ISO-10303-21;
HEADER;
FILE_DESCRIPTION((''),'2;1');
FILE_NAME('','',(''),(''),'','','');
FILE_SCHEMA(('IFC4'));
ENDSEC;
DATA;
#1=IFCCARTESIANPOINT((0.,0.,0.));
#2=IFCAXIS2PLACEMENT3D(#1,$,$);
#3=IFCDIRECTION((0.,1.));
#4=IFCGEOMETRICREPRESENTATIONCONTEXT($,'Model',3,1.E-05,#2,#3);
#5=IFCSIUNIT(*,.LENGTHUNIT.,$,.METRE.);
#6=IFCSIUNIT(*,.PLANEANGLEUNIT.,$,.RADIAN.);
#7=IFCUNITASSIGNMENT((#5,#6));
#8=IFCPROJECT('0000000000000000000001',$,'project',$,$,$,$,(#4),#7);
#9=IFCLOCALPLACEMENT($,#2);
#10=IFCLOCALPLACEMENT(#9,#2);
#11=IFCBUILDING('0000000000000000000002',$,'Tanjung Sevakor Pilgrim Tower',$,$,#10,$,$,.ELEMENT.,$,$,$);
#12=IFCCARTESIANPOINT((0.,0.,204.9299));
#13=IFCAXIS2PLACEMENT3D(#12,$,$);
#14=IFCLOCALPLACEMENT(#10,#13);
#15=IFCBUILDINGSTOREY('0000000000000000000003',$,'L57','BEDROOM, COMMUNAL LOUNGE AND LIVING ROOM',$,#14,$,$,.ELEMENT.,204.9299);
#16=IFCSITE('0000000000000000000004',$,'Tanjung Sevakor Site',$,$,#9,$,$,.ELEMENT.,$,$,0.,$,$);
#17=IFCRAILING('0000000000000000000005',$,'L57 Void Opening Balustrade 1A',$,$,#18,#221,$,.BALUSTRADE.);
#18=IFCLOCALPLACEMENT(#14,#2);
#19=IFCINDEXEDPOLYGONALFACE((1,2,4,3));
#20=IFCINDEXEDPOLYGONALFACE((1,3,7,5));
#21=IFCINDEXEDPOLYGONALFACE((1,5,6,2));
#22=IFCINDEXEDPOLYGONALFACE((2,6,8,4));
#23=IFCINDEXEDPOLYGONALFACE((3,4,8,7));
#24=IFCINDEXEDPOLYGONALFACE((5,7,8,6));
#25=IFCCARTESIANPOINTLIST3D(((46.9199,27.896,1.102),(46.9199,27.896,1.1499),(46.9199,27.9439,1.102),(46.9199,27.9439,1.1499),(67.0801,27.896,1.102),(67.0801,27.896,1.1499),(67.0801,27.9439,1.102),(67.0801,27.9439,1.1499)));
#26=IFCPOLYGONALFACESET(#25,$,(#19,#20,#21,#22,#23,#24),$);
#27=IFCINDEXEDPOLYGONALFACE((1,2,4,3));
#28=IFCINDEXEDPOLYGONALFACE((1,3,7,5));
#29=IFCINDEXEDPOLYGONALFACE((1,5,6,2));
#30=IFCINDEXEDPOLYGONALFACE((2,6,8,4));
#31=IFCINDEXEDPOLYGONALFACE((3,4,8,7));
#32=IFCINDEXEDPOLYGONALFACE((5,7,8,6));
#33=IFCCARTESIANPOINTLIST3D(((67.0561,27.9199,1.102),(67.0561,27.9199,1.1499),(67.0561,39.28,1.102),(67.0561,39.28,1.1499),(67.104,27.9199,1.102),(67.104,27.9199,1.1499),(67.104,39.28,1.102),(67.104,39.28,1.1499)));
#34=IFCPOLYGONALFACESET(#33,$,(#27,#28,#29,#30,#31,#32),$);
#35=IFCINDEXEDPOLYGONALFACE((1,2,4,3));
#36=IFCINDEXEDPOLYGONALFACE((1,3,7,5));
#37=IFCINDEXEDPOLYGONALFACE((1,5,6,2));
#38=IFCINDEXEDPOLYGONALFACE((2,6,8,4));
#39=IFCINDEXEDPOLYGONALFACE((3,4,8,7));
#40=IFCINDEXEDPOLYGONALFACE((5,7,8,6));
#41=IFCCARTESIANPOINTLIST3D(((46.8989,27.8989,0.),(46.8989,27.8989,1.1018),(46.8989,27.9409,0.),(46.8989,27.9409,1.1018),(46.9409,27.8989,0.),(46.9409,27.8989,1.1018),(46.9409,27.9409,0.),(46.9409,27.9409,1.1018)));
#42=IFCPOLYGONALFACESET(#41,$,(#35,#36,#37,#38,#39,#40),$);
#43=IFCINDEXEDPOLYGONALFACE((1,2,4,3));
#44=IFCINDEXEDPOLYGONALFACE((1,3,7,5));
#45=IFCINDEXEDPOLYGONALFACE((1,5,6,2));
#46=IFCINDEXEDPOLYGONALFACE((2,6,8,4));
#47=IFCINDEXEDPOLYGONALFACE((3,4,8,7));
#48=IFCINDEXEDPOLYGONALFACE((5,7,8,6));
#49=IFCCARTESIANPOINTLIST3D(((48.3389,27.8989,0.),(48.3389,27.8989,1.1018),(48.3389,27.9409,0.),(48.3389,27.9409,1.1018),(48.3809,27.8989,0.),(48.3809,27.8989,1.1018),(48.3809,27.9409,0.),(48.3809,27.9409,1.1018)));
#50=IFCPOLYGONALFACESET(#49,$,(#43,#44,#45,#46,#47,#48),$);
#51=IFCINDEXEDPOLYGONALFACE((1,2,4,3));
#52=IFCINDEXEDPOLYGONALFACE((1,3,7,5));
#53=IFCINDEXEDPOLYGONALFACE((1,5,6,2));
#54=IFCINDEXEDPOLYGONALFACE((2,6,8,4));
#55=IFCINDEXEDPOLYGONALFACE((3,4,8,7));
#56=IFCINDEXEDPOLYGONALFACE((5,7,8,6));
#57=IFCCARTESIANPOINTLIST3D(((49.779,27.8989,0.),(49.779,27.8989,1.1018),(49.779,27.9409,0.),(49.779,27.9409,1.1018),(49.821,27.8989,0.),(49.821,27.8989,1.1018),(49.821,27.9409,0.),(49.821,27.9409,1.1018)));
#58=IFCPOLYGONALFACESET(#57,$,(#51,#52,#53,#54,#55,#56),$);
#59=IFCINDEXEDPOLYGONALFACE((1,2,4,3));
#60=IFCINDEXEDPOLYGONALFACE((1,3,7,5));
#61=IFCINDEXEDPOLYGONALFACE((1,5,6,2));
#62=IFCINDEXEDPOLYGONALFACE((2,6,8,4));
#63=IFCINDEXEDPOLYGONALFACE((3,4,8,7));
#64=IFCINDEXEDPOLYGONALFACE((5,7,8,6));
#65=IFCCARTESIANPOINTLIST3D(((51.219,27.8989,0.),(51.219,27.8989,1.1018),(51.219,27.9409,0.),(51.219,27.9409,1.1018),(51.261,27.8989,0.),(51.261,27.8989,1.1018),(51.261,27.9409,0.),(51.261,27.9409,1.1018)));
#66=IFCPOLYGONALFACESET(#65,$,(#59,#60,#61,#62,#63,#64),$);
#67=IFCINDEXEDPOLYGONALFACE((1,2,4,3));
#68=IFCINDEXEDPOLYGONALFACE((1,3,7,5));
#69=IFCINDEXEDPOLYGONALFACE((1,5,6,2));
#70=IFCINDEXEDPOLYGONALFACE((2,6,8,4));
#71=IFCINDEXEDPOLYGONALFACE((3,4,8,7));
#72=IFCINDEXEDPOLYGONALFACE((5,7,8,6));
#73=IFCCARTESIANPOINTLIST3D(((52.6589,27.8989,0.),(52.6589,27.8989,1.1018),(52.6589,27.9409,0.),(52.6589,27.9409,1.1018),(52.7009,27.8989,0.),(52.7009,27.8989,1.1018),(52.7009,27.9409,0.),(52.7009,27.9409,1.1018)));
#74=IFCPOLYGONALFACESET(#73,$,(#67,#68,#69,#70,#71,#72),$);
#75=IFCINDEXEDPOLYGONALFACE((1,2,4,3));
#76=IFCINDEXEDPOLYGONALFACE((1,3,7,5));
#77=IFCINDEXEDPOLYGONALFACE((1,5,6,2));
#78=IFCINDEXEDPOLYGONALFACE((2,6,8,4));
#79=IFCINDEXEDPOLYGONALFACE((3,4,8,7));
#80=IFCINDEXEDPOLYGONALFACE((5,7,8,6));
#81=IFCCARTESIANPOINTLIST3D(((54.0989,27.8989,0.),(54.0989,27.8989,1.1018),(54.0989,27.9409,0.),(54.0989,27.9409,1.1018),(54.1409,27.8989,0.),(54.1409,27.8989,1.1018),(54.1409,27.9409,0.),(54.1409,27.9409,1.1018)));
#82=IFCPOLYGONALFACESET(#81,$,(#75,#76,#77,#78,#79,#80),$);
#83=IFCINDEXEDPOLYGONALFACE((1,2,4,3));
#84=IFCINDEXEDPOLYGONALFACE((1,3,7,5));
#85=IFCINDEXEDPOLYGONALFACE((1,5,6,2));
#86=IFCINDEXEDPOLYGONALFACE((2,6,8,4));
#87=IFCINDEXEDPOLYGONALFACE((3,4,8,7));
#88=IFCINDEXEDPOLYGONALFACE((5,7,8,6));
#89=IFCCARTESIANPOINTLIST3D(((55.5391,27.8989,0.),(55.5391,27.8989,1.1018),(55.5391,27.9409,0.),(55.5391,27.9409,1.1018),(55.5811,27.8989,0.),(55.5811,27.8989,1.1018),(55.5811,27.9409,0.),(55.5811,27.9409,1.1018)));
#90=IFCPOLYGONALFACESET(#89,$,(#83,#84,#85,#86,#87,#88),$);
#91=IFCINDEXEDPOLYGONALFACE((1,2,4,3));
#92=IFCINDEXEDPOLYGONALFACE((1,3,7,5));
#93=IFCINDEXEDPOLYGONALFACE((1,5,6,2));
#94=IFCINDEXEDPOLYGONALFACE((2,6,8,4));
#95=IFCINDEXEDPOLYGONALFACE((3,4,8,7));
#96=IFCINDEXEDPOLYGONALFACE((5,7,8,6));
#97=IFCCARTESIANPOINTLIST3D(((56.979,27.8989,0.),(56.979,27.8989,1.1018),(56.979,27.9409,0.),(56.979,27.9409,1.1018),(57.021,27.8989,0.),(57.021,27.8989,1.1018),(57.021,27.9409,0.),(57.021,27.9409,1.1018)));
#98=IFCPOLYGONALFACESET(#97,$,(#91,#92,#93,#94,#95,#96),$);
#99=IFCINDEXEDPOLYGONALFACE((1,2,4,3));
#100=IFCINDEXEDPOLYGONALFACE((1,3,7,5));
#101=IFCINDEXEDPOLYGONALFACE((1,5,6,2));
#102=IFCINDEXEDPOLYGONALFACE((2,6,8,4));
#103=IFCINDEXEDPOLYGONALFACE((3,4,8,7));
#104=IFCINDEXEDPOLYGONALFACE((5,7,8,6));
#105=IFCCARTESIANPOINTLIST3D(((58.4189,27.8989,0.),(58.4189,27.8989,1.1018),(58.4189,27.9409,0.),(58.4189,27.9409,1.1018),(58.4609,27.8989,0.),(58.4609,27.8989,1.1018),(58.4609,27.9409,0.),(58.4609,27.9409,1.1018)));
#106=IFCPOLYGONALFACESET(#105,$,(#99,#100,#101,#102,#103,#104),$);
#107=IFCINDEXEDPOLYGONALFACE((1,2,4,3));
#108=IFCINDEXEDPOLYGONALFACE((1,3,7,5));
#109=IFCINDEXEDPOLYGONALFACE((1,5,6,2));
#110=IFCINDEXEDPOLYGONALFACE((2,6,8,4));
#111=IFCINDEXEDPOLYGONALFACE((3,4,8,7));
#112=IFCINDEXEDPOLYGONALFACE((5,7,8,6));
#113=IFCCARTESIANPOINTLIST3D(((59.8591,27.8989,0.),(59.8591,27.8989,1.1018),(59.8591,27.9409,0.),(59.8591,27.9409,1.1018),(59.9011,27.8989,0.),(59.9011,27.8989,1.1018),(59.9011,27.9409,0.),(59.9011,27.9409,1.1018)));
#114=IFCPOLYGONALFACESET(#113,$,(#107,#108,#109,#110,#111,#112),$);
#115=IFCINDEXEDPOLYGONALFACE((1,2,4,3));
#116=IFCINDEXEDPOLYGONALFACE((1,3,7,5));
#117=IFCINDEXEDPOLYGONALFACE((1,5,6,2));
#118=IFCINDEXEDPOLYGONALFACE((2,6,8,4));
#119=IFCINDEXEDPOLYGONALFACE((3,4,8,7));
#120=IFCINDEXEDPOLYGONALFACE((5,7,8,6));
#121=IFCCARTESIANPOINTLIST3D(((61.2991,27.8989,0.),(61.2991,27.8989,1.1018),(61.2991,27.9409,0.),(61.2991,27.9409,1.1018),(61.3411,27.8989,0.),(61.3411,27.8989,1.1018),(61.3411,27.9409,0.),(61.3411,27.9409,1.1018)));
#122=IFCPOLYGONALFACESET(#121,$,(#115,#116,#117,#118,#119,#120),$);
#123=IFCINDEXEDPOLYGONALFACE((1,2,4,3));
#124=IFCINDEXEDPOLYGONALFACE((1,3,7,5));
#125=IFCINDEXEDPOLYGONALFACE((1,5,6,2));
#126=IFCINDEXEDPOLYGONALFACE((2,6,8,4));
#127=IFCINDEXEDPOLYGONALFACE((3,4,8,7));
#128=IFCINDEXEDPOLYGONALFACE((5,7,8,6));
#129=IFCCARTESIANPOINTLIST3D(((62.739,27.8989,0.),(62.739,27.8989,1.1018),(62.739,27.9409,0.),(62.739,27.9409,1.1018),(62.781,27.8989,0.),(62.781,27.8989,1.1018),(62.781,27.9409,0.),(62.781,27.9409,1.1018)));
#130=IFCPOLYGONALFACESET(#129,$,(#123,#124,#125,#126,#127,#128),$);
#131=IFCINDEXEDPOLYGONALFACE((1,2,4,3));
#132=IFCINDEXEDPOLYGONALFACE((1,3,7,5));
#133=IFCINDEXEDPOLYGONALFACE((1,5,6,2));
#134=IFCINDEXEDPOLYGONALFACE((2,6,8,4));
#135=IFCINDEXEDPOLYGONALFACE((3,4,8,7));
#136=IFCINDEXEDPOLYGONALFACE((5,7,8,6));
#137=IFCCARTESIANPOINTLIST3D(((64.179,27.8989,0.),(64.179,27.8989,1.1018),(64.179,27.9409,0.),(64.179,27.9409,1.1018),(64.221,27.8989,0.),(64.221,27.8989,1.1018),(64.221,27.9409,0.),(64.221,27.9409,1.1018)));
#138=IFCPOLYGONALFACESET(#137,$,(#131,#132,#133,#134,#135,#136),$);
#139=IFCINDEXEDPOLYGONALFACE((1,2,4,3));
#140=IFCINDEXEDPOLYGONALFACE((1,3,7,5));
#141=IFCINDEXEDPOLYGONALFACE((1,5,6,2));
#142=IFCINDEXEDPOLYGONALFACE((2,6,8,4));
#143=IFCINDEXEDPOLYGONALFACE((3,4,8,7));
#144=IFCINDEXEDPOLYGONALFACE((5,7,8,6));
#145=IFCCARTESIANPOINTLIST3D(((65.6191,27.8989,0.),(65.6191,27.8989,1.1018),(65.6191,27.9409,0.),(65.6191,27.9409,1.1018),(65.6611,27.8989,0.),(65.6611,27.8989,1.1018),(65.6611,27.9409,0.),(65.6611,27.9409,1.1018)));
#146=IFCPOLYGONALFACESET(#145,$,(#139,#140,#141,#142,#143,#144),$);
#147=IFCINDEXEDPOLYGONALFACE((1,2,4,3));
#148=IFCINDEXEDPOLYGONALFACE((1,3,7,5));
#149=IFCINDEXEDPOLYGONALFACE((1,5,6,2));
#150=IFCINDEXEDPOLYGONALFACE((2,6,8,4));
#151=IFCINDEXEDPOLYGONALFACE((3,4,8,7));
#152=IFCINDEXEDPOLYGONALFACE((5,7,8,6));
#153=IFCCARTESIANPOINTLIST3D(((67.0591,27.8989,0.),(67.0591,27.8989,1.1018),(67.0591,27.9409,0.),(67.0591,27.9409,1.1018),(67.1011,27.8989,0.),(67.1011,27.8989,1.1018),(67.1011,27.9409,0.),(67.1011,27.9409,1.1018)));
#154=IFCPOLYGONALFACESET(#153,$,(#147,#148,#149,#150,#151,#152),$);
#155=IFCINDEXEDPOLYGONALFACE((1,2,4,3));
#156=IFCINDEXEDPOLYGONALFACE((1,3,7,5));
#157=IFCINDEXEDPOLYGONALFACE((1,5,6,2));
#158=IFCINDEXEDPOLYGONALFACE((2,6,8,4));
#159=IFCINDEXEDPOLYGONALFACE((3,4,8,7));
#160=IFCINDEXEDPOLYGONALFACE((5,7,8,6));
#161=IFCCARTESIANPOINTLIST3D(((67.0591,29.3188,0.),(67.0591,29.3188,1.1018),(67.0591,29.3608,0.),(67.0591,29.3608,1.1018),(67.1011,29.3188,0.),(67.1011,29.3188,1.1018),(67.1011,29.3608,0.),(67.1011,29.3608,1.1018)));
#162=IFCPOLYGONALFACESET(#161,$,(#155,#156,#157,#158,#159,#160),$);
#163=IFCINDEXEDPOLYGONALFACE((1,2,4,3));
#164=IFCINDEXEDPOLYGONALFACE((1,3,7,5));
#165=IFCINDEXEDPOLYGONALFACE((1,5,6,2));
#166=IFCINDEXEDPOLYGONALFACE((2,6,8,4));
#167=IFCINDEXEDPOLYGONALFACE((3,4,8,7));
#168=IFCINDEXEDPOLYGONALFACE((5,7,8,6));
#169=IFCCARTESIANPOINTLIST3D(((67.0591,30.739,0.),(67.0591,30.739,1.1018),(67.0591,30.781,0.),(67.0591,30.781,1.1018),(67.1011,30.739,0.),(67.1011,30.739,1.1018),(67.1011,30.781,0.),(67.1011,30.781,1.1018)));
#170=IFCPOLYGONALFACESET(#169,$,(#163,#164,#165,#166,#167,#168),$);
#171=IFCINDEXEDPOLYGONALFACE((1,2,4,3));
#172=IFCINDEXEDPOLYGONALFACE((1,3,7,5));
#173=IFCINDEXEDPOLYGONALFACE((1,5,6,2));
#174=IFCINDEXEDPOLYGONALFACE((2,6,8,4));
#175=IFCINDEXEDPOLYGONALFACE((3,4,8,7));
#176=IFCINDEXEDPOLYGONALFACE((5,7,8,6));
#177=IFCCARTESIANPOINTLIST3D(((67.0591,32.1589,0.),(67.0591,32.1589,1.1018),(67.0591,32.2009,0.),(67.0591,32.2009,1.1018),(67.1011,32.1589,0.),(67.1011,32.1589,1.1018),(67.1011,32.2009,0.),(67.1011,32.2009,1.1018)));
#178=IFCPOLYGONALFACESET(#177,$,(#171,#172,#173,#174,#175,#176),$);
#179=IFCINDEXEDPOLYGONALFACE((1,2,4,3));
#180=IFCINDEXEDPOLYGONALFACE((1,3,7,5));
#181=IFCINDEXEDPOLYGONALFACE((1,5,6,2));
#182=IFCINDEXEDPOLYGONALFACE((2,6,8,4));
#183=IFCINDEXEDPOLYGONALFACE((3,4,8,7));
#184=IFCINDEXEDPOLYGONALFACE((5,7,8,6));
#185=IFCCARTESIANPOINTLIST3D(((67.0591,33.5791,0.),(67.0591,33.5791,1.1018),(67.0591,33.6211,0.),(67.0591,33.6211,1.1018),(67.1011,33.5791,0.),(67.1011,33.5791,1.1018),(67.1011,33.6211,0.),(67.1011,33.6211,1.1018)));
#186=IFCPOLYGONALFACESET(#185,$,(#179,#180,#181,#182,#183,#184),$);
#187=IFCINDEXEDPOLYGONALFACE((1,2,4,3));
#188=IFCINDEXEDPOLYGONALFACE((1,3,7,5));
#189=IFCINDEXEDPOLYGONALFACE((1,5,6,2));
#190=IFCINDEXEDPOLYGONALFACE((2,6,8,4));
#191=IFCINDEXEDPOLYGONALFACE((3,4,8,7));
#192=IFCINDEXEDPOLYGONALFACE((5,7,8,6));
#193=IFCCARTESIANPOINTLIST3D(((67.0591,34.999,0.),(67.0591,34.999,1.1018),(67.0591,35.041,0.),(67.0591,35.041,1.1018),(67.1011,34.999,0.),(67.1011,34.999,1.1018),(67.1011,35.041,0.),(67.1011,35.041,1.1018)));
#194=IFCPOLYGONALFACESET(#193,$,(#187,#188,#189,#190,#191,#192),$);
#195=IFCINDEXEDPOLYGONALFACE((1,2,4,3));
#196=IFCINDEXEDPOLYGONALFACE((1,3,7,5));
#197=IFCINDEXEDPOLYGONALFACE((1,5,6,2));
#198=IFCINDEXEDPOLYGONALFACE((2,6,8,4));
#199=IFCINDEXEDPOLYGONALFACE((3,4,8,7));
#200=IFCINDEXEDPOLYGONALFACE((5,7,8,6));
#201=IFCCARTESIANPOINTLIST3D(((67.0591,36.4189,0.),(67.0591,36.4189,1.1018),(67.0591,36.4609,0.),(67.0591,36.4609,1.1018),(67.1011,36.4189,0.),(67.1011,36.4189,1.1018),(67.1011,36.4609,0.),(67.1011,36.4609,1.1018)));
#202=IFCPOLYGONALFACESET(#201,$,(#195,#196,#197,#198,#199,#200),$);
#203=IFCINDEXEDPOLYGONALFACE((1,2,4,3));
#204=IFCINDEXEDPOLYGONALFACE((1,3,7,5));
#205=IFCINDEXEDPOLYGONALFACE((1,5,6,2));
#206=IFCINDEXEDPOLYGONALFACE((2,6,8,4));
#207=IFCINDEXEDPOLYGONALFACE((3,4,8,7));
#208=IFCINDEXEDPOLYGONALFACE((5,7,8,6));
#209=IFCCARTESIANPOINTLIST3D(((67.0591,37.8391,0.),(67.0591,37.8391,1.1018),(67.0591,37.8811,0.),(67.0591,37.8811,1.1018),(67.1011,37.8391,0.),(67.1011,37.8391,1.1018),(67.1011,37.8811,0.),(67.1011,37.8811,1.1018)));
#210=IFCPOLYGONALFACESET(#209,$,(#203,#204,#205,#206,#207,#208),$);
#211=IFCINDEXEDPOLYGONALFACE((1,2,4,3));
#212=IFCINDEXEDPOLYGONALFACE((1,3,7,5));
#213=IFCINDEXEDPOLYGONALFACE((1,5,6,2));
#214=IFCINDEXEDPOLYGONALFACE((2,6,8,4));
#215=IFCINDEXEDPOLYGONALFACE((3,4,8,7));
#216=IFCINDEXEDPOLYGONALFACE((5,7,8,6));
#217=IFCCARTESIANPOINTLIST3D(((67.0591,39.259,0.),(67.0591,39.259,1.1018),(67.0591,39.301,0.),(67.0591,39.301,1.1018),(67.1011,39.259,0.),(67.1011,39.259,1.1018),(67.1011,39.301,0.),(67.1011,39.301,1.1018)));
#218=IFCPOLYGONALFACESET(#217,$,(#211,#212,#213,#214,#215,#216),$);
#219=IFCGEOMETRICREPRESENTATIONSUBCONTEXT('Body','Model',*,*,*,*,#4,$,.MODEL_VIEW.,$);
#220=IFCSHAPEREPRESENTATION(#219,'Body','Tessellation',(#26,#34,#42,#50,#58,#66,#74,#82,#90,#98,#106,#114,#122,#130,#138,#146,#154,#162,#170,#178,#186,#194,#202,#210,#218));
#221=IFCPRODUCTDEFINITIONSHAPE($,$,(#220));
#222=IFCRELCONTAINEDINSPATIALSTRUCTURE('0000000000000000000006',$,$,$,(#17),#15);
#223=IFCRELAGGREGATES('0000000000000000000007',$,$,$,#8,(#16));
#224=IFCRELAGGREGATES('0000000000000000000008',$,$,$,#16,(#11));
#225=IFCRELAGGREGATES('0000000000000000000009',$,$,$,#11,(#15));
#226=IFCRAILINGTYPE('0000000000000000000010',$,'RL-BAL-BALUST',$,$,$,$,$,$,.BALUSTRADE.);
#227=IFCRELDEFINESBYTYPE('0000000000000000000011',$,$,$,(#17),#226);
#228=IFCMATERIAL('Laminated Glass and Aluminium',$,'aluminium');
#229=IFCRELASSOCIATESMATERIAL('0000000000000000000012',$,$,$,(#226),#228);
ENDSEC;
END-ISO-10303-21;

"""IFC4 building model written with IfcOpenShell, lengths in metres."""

from ifc_helpers import new_model, si_unit, direction, frame, origin, place, context, subcontext, project, spatial, rectangle, extrude, material, type_object, element, save


model = new_model("IFC4")

# Units and contexts
model_context = context("Model", 3, precision=1e-05, world=origin(), true_north=direction((0.0, 1.0)))
body_context = subcontext(model_context, "Body", "Model", "MODEL_VIEW")
ifc_project = project(units=[si_unit("LENGTHUNIT", "METRE"), si_unit("PLANEANGLEUNIT", "RADIAN")], contexts=[model_context])

# Site, building, storey
site_placement = place(None, origin())
site = spatial("IfcSite", under=ifc_project, at=site_placement, Name="Tanjung Sevakor Site", CompositionType="ELEMENT", RefElevation=0.0)
building_placement = place(site_placement, origin())
building = spatial("IfcBuilding", under=site, at=building_placement, Name="Tanjung Sevakor Pilgrim Tower", CompositionType="ELEMENT")
storey_placement = place(building_placement, frame((0.0, 0.0, 204.9299)))
storey = spatial("IfcBuildingStorey", under=building, at=storey_placement, Name="L57", Description="BEDROOM, COMMUNAL LOUNGE AND LIVING ROOM", CompositionType="ELEMENT", Elevation=204.9299)

# Railing
ifc_material_1 = material(Name="Laminated Glass and Aluminium", Category="aluminium")
railing_type_1 = type_object("IfcRailingType", Name="RL-BAL-BALUST", PredefinedType="BALUSTRADE", material=ifc_material_1)
railing_1_placement = place(storey_placement, frame((46.9199, 27.9199, 0.0)))
element("IfcRailing", 1, at=railing_1_placement, inside=storey, type_object=railing_type_1, Name="L57 Void Opening Balustrade 1A", PredefinedType="BALUSTRADE", context=body_context, shape_type="SweptSolid", body=[
    extrude(rectangle(XDim=0.0479, YDim=0.0479), frame((0.0, 0.0, 1.126), z_axis=(1.0, 0.0, 0.0), x_axis=(0.0, 1.0, 0.0)), (0.0, 0.0, 1.0), 20.1602),
    extrude(rectangle(XDim=0.0479, YDim=0.0479), frame((20.1602, 0.0, 1.126), z_axis=(0.0, 1.0, 0.0), x_axis=(-1.0, 0.0, 0.0)), (0.0, 0.0, 1.0), 11.3601),
    extrude(rectangle(XDim=0.042, YDim=0.042), origin(), (0.0, 0.0, 1.0), 1.1018),
    extrude(rectangle(XDim=0.042, YDim=0.042), frame((1.4399, 0.0, 0.0)), (0.0, 0.0, 1.0), 1.1018),
    extrude(rectangle(XDim=0.042, YDim=0.042), frame((2.8801, 0.0, 0.0)), (0.0, 0.0, 1.0), 1.1018),
    extrude(rectangle(XDim=0.042, YDim=0.042), frame((4.3201, 0.0, 0.0)), (0.0, 0.0, 1.0), 1.1018),
    extrude(rectangle(XDim=0.042, YDim=0.042), frame((5.76, 0.0, 0.0)), (0.0, 0.0, 1.0), 1.1018),
    extrude(rectangle(XDim=0.042, YDim=0.042), frame((7.2, 0.0, 0.0)), (0.0, 0.0, 1.0), 1.1018),
    extrude(rectangle(XDim=0.042, YDim=0.042), frame((8.6401, 0.0, 0.0)), (0.0, 0.0, 1.0), 1.1018),
    extrude(rectangle(XDim=0.042, YDim=0.042), frame((10.0801, 0.0, 0.0)), (0.0, 0.0, 1.0), 1.1018),
    extrude(rectangle(XDim=0.042, YDim=0.042), frame((11.52, 0.0, 0.0)), (0.0, 0.0, 1.0), 1.1018),
    extrude(rectangle(XDim=0.042, YDim=0.042), frame((12.9602, 0.0, 0.0)), (0.0, 0.0, 1.0), 1.1018),
    extrude(rectangle(XDim=0.042, YDim=0.042), frame((14.4001, 0.0, 0.0)), (0.0, 0.0, 1.0), 1.1018),
    extrude(rectangle(XDim=0.042, YDim=0.042), frame((15.8401, 0.0, 0.0)), (0.0, 0.0, 1.0), 1.1018),
    extrude(rectangle(XDim=0.042, YDim=0.042), frame((17.28, 0.0, 0.0)), (0.0, 0.0, 1.0), 1.1018),
    extrude(rectangle(XDim=0.042, YDim=0.042), frame((18.7202, 0.0, 0.0)), (0.0, 0.0, 1.0), 1.1018),
    extrude(rectangle(XDim=0.042, YDim=0.042), frame((20.1602, 0.0, 0.0)), (0.0, 0.0, 1.0), 1.1018),
    extrude(rectangle(XDim=0.042, YDim=0.042), frame((20.1602, 1.4199, 0.0)), (0.0, 0.0, 1.0), 1.1018),
    extrude(rectangle(XDim=0.042, YDim=0.042), frame((20.1602, 2.8401, 0.0)), (0.0, 0.0, 1.0), 1.1018),
    extrude(rectangle(XDim=0.042, YDim=0.042), frame((20.1602, 4.26, 0.0)), (0.0, 0.0, 1.0), 1.1018),
    extrude(rectangle(XDim=0.042, YDim=0.042), frame((20.1602, 5.6802, 0.0)), (0.0, 0.0, 1.0), 1.1018),
    extrude(rectangle(XDim=0.042, YDim=0.042), frame((20.1602, 7.1001, 0.0)), (0.0, 0.0, 1.0), 1.1018),
    extrude(rectangle(XDim=0.042, YDim=0.042), frame((20.1602, 8.52, 0.0)), (0.0, 0.0, 1.0), 1.1018),
    extrude(rectangle(XDim=0.042, YDim=0.042), frame((20.1602, 9.9402, 0.0)), (0.0, 0.0, 1.0), 1.1018),
    extrude(rectangle(XDim=0.042, YDim=0.042), frame((20.1602, 11.3601, 0.0)), (0.0, 0.0, 1.0), 1.1018),
])

save(model, "model.ifc")
